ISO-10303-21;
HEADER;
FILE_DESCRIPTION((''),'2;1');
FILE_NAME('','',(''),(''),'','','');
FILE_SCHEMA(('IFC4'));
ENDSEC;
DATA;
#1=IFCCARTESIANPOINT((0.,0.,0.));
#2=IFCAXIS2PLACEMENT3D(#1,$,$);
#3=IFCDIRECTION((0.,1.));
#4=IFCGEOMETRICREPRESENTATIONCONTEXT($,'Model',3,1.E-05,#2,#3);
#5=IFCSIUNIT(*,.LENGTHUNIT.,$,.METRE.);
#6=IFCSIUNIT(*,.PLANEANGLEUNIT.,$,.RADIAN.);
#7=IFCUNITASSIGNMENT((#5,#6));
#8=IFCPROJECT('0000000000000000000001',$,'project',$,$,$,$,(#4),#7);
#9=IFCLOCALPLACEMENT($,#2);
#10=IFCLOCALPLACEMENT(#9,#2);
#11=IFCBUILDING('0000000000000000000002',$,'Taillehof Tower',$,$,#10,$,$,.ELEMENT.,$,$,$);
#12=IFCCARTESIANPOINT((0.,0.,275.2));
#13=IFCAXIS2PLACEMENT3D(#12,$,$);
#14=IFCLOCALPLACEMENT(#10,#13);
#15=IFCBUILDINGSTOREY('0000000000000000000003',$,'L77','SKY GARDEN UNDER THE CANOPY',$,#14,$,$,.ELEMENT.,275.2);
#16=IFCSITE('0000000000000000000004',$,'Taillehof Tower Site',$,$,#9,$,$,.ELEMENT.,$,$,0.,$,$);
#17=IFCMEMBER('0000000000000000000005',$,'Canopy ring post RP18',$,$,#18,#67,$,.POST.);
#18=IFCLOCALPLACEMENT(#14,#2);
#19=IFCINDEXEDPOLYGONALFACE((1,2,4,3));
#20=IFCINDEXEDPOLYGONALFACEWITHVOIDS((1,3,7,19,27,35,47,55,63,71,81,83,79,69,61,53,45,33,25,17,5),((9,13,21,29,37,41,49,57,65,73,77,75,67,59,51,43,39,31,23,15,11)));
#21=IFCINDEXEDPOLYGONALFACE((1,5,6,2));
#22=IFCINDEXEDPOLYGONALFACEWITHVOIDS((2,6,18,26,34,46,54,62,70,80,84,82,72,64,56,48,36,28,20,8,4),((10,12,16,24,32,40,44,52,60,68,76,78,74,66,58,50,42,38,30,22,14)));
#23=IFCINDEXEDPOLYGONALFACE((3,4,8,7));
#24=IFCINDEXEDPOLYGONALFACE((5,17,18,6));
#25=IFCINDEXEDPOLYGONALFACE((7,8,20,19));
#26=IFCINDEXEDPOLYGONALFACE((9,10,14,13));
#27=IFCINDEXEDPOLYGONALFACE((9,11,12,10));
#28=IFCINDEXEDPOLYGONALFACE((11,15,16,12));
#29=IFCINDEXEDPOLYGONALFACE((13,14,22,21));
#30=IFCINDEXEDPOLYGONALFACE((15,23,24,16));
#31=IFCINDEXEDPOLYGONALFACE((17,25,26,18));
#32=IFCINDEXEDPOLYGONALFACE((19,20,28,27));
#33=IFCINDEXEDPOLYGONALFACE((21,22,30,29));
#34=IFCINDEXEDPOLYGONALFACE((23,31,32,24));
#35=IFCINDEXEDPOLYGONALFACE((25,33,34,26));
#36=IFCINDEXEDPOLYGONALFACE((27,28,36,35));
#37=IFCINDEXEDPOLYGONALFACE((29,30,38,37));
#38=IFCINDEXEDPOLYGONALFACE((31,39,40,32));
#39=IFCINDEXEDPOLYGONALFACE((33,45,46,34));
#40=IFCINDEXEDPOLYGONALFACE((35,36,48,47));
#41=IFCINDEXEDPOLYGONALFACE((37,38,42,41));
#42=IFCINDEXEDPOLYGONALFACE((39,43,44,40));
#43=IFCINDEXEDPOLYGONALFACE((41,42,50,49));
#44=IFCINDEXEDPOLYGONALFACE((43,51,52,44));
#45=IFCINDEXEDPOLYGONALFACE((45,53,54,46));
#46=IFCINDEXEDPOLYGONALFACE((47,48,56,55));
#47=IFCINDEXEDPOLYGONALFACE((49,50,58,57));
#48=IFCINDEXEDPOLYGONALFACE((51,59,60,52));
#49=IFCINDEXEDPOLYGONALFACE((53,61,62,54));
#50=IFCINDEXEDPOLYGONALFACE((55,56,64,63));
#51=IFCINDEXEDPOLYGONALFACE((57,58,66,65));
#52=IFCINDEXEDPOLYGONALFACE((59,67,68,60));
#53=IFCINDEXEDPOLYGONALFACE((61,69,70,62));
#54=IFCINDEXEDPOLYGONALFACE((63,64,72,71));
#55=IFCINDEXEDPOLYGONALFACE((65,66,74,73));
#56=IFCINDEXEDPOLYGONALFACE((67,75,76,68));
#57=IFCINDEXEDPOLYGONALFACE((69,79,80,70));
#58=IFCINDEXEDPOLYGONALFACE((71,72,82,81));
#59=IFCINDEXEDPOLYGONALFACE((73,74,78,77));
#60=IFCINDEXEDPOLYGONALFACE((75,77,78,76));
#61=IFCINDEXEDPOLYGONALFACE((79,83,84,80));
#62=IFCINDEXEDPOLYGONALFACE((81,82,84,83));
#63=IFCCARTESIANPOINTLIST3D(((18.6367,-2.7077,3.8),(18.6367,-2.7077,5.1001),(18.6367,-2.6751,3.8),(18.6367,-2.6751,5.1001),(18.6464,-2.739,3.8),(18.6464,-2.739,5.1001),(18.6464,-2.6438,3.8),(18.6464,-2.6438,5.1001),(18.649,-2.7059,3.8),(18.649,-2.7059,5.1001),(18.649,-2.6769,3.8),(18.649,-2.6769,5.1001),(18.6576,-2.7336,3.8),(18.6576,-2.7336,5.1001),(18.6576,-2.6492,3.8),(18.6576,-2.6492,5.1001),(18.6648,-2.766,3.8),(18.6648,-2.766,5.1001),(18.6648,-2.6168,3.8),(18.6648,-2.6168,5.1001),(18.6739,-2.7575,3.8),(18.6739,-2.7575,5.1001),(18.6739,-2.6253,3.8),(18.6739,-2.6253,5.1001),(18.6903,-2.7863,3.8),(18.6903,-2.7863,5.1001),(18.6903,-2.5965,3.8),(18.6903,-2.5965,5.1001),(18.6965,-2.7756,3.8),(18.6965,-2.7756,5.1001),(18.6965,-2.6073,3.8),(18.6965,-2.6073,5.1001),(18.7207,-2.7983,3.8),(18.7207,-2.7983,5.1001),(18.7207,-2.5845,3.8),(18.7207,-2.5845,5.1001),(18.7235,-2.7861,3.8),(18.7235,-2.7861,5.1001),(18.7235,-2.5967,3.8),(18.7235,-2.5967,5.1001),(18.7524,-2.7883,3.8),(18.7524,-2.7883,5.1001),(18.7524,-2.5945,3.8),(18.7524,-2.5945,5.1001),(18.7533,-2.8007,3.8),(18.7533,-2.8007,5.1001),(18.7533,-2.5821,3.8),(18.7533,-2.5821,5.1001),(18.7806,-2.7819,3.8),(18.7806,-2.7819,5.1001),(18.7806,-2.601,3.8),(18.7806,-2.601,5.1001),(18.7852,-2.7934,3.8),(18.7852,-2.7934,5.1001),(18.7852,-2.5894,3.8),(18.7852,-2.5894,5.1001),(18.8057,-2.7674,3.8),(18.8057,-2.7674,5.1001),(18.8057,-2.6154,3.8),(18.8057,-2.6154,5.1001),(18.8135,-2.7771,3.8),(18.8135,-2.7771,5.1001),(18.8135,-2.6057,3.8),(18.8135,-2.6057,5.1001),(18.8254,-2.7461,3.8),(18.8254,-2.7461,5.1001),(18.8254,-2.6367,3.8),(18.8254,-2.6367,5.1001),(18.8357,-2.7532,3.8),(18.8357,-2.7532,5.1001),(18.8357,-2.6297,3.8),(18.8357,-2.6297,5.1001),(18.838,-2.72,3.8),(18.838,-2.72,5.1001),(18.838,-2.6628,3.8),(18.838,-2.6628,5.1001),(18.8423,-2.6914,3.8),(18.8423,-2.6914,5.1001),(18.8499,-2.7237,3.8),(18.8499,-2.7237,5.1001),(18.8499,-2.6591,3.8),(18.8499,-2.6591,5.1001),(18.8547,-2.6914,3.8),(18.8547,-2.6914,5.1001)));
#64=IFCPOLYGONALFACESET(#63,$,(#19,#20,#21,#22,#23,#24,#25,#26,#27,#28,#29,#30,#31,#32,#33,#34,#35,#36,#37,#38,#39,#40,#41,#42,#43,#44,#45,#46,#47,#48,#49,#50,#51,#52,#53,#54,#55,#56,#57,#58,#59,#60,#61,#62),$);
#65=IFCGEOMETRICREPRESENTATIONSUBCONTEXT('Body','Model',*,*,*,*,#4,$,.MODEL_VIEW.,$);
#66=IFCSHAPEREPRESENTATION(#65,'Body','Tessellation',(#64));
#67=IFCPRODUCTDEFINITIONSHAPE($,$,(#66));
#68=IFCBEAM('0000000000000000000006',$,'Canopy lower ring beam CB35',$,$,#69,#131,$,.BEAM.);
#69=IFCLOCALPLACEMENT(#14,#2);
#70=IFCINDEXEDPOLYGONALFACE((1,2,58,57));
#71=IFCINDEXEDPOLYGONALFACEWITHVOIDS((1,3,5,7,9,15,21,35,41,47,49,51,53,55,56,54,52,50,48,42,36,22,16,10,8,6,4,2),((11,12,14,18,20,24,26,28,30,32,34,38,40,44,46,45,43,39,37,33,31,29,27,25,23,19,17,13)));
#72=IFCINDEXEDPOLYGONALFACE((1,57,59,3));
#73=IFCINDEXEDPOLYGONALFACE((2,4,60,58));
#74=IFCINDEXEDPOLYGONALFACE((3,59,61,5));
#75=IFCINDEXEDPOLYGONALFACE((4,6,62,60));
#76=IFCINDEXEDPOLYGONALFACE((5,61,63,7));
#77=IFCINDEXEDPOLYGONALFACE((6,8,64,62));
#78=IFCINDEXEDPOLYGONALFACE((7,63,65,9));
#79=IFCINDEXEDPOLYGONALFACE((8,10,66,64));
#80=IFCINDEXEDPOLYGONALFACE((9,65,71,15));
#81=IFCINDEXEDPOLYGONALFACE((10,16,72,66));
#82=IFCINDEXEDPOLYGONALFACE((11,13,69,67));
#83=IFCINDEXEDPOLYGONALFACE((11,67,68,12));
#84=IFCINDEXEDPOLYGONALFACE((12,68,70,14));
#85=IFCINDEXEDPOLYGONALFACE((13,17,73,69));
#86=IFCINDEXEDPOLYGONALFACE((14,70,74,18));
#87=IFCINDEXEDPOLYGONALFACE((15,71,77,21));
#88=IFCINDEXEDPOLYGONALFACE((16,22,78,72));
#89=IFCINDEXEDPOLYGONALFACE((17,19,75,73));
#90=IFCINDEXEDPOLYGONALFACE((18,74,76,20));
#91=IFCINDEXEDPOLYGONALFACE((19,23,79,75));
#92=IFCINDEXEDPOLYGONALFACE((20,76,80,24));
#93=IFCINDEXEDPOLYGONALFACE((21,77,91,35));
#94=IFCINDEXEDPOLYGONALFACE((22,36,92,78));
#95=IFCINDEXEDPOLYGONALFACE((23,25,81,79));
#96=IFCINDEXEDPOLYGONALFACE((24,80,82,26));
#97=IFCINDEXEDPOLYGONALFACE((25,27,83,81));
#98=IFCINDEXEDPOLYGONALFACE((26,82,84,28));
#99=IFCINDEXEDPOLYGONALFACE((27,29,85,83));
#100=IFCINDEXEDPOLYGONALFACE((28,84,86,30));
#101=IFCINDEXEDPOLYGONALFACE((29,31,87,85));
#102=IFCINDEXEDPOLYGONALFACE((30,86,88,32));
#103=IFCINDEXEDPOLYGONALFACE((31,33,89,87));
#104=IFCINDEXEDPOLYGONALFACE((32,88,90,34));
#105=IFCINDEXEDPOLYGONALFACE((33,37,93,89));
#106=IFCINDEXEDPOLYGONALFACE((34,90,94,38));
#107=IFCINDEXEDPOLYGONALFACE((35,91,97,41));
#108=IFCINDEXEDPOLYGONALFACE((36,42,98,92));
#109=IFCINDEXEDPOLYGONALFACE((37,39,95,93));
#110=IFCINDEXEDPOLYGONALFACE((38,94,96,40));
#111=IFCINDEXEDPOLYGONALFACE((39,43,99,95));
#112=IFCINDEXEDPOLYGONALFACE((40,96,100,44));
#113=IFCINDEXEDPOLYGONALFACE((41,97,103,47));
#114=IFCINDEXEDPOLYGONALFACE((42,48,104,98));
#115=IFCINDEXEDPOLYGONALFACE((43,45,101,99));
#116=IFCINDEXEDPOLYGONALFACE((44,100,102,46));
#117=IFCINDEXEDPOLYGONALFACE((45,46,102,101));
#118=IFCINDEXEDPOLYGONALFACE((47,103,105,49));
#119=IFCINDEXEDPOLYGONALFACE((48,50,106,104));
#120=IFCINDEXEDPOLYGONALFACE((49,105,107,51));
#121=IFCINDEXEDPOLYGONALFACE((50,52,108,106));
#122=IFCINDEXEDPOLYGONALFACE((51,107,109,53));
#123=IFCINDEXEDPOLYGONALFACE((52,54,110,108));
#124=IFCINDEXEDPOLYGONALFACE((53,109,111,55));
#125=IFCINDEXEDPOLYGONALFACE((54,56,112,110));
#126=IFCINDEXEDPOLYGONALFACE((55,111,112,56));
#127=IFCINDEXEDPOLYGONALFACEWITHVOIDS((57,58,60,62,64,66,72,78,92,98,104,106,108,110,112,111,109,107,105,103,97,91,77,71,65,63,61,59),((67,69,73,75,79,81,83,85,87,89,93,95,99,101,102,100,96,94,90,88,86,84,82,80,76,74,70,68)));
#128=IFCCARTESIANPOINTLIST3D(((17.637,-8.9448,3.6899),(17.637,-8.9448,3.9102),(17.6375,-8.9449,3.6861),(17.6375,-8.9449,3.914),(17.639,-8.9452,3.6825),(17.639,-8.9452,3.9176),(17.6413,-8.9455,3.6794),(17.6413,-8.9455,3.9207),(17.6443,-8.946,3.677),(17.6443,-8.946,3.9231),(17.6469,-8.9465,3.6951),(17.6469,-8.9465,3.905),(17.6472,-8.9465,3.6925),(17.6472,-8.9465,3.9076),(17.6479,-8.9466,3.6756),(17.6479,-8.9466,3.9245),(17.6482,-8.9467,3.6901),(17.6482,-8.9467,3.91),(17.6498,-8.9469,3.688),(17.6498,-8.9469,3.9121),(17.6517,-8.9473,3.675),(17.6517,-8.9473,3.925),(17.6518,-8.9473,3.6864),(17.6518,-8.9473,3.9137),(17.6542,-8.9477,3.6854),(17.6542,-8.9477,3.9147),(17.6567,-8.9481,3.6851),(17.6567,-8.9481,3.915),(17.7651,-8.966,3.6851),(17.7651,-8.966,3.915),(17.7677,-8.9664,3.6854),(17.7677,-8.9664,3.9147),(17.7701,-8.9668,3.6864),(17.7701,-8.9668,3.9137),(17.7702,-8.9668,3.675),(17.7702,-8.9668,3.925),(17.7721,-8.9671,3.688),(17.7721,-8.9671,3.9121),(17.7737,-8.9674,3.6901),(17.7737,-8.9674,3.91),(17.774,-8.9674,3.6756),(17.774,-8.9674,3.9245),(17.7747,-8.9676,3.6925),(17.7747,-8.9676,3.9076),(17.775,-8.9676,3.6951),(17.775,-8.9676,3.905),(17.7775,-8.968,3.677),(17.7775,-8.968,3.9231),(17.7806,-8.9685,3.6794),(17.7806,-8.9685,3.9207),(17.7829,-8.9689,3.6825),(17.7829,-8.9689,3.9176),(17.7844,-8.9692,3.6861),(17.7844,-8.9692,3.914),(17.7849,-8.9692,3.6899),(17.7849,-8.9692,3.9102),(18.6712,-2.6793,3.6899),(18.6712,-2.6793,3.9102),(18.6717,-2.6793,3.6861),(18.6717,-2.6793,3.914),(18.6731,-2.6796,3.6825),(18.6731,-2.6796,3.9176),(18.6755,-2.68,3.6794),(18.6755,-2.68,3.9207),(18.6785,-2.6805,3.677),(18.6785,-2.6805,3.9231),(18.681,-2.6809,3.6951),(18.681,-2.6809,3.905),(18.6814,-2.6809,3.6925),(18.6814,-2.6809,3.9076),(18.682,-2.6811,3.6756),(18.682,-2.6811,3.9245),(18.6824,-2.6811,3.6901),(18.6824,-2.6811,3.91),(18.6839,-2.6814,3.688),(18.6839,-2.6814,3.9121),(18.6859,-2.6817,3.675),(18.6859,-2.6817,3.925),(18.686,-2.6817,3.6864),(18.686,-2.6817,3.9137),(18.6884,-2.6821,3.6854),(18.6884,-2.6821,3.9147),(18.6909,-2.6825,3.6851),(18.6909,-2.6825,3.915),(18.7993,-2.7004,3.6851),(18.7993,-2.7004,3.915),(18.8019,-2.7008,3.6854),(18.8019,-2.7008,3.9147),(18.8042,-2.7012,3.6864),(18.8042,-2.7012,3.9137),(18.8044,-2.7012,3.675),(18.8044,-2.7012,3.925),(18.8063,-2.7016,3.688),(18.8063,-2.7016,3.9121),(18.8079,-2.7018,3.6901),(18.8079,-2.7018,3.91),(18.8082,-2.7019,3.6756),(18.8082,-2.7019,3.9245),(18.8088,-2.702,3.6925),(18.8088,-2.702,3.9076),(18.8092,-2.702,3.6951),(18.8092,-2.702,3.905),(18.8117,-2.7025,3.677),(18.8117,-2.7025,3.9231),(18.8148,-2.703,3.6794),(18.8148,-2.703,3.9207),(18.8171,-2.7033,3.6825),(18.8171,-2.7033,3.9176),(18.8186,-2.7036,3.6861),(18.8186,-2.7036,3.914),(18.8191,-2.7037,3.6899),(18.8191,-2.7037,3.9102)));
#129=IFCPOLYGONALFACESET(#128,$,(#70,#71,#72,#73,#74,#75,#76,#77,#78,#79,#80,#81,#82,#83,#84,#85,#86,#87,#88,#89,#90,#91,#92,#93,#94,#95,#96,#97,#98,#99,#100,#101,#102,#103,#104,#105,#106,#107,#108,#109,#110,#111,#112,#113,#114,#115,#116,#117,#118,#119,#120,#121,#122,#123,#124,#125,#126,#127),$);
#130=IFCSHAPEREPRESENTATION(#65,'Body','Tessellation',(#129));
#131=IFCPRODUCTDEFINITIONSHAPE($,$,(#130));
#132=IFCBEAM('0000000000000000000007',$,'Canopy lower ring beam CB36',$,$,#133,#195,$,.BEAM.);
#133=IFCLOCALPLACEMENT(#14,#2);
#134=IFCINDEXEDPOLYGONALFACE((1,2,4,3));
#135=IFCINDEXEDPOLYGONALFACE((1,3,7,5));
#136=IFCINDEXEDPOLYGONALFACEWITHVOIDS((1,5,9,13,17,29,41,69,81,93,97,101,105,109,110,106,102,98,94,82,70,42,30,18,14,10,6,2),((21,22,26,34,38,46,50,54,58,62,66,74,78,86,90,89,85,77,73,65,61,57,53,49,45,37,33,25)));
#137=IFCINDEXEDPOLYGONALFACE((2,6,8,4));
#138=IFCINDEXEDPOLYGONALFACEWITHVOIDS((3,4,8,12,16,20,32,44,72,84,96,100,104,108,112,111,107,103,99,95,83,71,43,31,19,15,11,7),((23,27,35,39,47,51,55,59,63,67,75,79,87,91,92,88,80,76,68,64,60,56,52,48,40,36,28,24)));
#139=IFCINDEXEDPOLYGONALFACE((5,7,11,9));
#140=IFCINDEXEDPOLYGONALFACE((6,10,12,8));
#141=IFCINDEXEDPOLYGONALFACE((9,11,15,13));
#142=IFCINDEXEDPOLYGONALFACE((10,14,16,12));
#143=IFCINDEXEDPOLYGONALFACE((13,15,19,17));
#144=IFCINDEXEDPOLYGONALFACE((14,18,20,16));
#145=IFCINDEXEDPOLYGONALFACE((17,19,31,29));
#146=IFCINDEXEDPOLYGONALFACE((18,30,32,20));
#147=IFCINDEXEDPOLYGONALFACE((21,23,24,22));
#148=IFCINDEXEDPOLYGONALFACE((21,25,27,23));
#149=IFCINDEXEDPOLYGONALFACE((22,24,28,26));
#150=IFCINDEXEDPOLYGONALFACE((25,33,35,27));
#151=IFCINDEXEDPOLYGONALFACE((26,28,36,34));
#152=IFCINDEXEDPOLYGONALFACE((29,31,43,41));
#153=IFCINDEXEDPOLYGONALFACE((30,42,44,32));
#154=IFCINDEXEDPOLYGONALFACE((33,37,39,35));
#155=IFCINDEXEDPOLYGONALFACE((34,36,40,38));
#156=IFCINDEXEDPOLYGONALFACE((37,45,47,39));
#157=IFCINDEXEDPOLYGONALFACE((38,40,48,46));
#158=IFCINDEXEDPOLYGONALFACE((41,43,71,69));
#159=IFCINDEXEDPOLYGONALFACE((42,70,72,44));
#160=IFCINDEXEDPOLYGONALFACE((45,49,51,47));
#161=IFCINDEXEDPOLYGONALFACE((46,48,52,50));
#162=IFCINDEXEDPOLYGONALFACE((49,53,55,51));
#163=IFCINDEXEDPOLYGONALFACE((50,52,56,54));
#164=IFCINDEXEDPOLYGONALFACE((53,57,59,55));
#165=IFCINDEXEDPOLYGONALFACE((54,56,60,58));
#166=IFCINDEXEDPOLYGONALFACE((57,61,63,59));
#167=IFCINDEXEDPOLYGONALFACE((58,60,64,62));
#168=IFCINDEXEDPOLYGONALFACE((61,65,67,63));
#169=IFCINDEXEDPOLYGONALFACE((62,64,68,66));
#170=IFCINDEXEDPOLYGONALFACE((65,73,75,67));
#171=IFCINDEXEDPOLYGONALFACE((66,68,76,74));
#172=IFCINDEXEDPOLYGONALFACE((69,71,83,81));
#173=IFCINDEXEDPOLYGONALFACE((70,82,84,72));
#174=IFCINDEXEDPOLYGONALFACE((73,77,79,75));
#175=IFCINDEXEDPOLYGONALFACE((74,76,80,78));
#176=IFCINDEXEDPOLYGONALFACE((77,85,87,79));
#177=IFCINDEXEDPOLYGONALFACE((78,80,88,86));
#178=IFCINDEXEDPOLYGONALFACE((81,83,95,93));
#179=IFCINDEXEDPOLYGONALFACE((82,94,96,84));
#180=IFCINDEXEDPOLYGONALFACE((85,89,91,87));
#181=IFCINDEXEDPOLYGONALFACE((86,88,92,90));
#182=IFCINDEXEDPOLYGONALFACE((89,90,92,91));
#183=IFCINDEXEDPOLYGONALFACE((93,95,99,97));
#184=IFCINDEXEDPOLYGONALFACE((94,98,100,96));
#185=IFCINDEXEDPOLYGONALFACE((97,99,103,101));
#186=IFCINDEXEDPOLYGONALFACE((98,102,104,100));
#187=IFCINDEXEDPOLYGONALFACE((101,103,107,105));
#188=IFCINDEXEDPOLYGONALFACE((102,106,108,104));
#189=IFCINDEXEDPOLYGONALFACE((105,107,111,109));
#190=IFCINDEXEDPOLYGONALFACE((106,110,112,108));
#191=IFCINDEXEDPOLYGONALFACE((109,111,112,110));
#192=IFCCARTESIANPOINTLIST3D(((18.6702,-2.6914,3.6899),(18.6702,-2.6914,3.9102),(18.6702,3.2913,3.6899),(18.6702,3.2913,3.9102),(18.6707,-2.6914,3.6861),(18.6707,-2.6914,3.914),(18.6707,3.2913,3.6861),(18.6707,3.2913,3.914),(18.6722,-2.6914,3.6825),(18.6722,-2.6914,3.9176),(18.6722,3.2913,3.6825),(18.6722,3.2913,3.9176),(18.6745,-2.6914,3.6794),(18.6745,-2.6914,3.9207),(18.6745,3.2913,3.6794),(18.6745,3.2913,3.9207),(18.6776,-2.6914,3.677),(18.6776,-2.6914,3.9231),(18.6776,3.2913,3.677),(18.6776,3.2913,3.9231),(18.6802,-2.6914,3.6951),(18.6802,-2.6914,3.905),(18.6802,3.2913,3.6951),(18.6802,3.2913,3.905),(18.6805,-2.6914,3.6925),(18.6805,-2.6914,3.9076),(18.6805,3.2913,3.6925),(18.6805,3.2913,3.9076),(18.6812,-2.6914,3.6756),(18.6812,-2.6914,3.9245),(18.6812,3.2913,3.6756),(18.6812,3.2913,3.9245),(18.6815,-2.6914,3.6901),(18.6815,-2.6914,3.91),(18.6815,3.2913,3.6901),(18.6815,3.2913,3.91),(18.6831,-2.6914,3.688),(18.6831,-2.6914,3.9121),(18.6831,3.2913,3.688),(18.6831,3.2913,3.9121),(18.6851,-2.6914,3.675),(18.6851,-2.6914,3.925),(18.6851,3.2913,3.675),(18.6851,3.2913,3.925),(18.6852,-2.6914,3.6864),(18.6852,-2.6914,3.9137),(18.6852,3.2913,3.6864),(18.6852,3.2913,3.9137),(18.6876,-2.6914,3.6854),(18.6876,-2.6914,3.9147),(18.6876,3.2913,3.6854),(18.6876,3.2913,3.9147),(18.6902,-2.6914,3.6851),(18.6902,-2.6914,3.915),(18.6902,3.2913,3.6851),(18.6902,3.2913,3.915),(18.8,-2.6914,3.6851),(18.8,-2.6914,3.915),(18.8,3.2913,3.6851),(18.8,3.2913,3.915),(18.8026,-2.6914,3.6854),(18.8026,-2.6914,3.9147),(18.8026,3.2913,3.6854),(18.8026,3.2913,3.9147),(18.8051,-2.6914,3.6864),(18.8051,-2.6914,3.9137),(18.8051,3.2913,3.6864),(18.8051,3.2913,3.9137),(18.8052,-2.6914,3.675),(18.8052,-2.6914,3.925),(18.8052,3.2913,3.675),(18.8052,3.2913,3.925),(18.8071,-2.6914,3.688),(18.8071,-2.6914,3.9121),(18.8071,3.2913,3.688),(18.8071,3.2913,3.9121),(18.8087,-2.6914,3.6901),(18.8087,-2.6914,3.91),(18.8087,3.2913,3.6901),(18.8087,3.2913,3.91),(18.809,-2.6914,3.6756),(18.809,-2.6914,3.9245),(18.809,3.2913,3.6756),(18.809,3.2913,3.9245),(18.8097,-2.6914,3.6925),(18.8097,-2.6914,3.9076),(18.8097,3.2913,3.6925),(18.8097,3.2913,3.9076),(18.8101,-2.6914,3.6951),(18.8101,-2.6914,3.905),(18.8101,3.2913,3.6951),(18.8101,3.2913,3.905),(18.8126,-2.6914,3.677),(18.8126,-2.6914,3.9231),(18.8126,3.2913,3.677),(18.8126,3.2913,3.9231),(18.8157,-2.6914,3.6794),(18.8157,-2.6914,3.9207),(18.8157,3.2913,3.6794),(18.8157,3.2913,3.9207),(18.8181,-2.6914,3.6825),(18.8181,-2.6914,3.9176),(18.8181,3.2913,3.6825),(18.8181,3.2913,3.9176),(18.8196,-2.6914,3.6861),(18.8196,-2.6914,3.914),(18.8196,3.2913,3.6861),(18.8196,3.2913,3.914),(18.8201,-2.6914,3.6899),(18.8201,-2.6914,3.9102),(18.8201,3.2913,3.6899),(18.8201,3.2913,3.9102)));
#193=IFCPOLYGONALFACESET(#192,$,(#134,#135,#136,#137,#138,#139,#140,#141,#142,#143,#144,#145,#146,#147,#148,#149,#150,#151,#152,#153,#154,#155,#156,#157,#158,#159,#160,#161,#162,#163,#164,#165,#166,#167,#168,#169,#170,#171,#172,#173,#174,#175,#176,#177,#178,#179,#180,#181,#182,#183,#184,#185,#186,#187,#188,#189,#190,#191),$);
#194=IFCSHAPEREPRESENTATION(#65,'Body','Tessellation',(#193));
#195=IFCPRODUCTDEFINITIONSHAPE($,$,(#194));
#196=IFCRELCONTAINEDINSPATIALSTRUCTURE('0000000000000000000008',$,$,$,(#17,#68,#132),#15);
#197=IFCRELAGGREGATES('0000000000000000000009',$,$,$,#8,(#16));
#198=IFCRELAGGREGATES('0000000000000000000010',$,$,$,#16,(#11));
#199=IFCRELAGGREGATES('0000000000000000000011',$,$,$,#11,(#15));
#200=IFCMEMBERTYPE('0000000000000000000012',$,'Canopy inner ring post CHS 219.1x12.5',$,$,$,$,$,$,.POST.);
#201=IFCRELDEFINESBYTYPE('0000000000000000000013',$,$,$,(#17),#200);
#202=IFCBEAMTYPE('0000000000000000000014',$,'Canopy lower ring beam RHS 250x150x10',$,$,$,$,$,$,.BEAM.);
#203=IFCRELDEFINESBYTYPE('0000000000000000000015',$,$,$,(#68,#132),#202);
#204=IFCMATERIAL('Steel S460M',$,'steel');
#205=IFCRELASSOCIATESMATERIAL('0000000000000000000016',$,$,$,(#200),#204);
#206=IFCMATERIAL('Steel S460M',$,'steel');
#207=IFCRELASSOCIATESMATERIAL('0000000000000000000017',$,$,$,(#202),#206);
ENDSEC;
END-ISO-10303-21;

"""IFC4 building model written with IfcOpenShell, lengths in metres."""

from ifc_helpers import new_model, si_unit, direction, frame, origin, origin_2d, place, context, subcontext, project, spatial, hollow_rectangle, hollow_circle, extrude, material, material_profile, profile_set, type_object, element, save


model = new_model("IFC4")

# Units and contexts
model_context = context("Model", 3, precision=1e-05, world=origin(), true_north=direction((0.0, 1.0)))
body_context = subcontext(model_context, "Body", "Model", "MODEL_VIEW")
ifc_project = project(units=[si_unit("LENGTHUNIT", "METRE"), si_unit("PLANEANGLEUNIT", "RADIAN")], contexts=[model_context])

# Site, building, storey
site_placement = place(None, origin())
site = spatial("IfcSite", under=ifc_project, at=site_placement, Name="Taillehof Tower Site", CompositionType="ELEMENT", RefElevation=0.0)
building_placement = place(site_placement, origin())
building = spatial("IfcBuilding", under=site, at=building_placement, Name="Taillehof Tower", CompositionType="ELEMENT")
storey_placement = place(building_placement, frame((0.0, 0.0, 275.2)))
storey = spatial("IfcBuildingStorey", under=building, at=storey_placement, Name="L77", Description="SKY GARDEN UNDER THE CANOPY", CompositionType="ELEMENT", Elevation=275.2)

# Member
ifc_material_1 = material(Name="Steel S460M", Category="steel")
ifc_material_profile_1 = material_profile(ifc_material_1, hollow_circle(Radius=0.1096, WallThickness=0.0125, at=origin_2d()), Name="CHS 219.1x12.5")
ifc_profile_set_1 = profile_set([ifc_material_profile_1], Name="Steel S460M")
member_type_1 = type_object("IfcMemberType", Name="Canopy inner ring post CHS 219.1x12.5", PredefinedType="POST", material=ifc_profile_set_1)
for number, where, z_axis, x_axis, name in (
    (1, (18.7451, -2.6914, 3.8), (0.0, 0.0, 1.0), (1.0, 0.0, 0.0), "Canopy ring post RP18"),
):
    element("IfcMember", number, at=place(storey_placement, frame(where, z_axis=z_axis, x_axis=x_axis)), inside=storey, type_object=member_type_1, Name=name, PredefinedType="POST", context=body_context, shape_type="SweptSolid", body=[
        extrude(hollow_circle(Radius=0.1096, WallThickness=0.0125, at=origin_2d()), origin(), (0.0, 0.0, 1.0), 1.3),
    ])

# Beams
ifc_material_2 = material(Name="Steel S460M", Category="steel")
ifc_material_profile_2 = material_profile(ifc_material_2, hollow_rectangle(XDim=0.1499, YDim=0.25, WallThickness=0.01, InnerFilletRadius=0.01, OuterFilletRadius=0.0149, at=origin_2d()), Name="RHS 250x150x10")
ifc_profile_set_2 = profile_set([ifc_material_profile_2], Name="Steel S460M")
beam_type_1 = type_object("IfcBeamType", Name="Canopy lower ring beam RHS 250x150x10", PredefinedType="BEAM", material=ifc_profile_set_2)
beam_1_placement = place(storey_placement, frame((17.7109, -8.957, 3.8), z_axis=(0.162853, 0.98665, 0.0), x_axis=(-0.98665, 0.162853, 0.0)))
element("IfcBeam", 2, at=beam_1_placement, inside=storey, type_object=beam_type_1, Name="Canopy lower ring beam CB35", PredefinedType="BEAM", context=body_context, shape_type="SweptSolid", body=[
    extrude(hollow_rectangle(XDim=0.1499, YDim=0.25, WallThickness=0.01, InnerFilletRadius=0.01, OuterFilletRadius=0.0149, at=origin_2d()), origin(), (0.0, 0.0, 1.0), 6.3503),
])
beam_2_placement = place(storey_placement, frame((18.7451, -2.6914, 3.8), z_axis=(0.0, 1.0, 0.0), x_axis=(-1.0, 0.0, 0.0)))
element("IfcBeam", 3, at=beam_2_placement, inside=storey, type_object=beam_type_1, Name="Canopy lower ring beam CB36", PredefinedType="BEAM", context=body_context, shape_type="SweptSolid", body=[
    extrude(hollow_rectangle(XDim=0.1499, YDim=0.25, WallThickness=0.01, InnerFilletRadius=0.01, OuterFilletRadius=0.0149, at=origin_2d()), origin(), (0.0, 0.0, 1.0), 5.9827),
])

save(model, "model.ifc")
